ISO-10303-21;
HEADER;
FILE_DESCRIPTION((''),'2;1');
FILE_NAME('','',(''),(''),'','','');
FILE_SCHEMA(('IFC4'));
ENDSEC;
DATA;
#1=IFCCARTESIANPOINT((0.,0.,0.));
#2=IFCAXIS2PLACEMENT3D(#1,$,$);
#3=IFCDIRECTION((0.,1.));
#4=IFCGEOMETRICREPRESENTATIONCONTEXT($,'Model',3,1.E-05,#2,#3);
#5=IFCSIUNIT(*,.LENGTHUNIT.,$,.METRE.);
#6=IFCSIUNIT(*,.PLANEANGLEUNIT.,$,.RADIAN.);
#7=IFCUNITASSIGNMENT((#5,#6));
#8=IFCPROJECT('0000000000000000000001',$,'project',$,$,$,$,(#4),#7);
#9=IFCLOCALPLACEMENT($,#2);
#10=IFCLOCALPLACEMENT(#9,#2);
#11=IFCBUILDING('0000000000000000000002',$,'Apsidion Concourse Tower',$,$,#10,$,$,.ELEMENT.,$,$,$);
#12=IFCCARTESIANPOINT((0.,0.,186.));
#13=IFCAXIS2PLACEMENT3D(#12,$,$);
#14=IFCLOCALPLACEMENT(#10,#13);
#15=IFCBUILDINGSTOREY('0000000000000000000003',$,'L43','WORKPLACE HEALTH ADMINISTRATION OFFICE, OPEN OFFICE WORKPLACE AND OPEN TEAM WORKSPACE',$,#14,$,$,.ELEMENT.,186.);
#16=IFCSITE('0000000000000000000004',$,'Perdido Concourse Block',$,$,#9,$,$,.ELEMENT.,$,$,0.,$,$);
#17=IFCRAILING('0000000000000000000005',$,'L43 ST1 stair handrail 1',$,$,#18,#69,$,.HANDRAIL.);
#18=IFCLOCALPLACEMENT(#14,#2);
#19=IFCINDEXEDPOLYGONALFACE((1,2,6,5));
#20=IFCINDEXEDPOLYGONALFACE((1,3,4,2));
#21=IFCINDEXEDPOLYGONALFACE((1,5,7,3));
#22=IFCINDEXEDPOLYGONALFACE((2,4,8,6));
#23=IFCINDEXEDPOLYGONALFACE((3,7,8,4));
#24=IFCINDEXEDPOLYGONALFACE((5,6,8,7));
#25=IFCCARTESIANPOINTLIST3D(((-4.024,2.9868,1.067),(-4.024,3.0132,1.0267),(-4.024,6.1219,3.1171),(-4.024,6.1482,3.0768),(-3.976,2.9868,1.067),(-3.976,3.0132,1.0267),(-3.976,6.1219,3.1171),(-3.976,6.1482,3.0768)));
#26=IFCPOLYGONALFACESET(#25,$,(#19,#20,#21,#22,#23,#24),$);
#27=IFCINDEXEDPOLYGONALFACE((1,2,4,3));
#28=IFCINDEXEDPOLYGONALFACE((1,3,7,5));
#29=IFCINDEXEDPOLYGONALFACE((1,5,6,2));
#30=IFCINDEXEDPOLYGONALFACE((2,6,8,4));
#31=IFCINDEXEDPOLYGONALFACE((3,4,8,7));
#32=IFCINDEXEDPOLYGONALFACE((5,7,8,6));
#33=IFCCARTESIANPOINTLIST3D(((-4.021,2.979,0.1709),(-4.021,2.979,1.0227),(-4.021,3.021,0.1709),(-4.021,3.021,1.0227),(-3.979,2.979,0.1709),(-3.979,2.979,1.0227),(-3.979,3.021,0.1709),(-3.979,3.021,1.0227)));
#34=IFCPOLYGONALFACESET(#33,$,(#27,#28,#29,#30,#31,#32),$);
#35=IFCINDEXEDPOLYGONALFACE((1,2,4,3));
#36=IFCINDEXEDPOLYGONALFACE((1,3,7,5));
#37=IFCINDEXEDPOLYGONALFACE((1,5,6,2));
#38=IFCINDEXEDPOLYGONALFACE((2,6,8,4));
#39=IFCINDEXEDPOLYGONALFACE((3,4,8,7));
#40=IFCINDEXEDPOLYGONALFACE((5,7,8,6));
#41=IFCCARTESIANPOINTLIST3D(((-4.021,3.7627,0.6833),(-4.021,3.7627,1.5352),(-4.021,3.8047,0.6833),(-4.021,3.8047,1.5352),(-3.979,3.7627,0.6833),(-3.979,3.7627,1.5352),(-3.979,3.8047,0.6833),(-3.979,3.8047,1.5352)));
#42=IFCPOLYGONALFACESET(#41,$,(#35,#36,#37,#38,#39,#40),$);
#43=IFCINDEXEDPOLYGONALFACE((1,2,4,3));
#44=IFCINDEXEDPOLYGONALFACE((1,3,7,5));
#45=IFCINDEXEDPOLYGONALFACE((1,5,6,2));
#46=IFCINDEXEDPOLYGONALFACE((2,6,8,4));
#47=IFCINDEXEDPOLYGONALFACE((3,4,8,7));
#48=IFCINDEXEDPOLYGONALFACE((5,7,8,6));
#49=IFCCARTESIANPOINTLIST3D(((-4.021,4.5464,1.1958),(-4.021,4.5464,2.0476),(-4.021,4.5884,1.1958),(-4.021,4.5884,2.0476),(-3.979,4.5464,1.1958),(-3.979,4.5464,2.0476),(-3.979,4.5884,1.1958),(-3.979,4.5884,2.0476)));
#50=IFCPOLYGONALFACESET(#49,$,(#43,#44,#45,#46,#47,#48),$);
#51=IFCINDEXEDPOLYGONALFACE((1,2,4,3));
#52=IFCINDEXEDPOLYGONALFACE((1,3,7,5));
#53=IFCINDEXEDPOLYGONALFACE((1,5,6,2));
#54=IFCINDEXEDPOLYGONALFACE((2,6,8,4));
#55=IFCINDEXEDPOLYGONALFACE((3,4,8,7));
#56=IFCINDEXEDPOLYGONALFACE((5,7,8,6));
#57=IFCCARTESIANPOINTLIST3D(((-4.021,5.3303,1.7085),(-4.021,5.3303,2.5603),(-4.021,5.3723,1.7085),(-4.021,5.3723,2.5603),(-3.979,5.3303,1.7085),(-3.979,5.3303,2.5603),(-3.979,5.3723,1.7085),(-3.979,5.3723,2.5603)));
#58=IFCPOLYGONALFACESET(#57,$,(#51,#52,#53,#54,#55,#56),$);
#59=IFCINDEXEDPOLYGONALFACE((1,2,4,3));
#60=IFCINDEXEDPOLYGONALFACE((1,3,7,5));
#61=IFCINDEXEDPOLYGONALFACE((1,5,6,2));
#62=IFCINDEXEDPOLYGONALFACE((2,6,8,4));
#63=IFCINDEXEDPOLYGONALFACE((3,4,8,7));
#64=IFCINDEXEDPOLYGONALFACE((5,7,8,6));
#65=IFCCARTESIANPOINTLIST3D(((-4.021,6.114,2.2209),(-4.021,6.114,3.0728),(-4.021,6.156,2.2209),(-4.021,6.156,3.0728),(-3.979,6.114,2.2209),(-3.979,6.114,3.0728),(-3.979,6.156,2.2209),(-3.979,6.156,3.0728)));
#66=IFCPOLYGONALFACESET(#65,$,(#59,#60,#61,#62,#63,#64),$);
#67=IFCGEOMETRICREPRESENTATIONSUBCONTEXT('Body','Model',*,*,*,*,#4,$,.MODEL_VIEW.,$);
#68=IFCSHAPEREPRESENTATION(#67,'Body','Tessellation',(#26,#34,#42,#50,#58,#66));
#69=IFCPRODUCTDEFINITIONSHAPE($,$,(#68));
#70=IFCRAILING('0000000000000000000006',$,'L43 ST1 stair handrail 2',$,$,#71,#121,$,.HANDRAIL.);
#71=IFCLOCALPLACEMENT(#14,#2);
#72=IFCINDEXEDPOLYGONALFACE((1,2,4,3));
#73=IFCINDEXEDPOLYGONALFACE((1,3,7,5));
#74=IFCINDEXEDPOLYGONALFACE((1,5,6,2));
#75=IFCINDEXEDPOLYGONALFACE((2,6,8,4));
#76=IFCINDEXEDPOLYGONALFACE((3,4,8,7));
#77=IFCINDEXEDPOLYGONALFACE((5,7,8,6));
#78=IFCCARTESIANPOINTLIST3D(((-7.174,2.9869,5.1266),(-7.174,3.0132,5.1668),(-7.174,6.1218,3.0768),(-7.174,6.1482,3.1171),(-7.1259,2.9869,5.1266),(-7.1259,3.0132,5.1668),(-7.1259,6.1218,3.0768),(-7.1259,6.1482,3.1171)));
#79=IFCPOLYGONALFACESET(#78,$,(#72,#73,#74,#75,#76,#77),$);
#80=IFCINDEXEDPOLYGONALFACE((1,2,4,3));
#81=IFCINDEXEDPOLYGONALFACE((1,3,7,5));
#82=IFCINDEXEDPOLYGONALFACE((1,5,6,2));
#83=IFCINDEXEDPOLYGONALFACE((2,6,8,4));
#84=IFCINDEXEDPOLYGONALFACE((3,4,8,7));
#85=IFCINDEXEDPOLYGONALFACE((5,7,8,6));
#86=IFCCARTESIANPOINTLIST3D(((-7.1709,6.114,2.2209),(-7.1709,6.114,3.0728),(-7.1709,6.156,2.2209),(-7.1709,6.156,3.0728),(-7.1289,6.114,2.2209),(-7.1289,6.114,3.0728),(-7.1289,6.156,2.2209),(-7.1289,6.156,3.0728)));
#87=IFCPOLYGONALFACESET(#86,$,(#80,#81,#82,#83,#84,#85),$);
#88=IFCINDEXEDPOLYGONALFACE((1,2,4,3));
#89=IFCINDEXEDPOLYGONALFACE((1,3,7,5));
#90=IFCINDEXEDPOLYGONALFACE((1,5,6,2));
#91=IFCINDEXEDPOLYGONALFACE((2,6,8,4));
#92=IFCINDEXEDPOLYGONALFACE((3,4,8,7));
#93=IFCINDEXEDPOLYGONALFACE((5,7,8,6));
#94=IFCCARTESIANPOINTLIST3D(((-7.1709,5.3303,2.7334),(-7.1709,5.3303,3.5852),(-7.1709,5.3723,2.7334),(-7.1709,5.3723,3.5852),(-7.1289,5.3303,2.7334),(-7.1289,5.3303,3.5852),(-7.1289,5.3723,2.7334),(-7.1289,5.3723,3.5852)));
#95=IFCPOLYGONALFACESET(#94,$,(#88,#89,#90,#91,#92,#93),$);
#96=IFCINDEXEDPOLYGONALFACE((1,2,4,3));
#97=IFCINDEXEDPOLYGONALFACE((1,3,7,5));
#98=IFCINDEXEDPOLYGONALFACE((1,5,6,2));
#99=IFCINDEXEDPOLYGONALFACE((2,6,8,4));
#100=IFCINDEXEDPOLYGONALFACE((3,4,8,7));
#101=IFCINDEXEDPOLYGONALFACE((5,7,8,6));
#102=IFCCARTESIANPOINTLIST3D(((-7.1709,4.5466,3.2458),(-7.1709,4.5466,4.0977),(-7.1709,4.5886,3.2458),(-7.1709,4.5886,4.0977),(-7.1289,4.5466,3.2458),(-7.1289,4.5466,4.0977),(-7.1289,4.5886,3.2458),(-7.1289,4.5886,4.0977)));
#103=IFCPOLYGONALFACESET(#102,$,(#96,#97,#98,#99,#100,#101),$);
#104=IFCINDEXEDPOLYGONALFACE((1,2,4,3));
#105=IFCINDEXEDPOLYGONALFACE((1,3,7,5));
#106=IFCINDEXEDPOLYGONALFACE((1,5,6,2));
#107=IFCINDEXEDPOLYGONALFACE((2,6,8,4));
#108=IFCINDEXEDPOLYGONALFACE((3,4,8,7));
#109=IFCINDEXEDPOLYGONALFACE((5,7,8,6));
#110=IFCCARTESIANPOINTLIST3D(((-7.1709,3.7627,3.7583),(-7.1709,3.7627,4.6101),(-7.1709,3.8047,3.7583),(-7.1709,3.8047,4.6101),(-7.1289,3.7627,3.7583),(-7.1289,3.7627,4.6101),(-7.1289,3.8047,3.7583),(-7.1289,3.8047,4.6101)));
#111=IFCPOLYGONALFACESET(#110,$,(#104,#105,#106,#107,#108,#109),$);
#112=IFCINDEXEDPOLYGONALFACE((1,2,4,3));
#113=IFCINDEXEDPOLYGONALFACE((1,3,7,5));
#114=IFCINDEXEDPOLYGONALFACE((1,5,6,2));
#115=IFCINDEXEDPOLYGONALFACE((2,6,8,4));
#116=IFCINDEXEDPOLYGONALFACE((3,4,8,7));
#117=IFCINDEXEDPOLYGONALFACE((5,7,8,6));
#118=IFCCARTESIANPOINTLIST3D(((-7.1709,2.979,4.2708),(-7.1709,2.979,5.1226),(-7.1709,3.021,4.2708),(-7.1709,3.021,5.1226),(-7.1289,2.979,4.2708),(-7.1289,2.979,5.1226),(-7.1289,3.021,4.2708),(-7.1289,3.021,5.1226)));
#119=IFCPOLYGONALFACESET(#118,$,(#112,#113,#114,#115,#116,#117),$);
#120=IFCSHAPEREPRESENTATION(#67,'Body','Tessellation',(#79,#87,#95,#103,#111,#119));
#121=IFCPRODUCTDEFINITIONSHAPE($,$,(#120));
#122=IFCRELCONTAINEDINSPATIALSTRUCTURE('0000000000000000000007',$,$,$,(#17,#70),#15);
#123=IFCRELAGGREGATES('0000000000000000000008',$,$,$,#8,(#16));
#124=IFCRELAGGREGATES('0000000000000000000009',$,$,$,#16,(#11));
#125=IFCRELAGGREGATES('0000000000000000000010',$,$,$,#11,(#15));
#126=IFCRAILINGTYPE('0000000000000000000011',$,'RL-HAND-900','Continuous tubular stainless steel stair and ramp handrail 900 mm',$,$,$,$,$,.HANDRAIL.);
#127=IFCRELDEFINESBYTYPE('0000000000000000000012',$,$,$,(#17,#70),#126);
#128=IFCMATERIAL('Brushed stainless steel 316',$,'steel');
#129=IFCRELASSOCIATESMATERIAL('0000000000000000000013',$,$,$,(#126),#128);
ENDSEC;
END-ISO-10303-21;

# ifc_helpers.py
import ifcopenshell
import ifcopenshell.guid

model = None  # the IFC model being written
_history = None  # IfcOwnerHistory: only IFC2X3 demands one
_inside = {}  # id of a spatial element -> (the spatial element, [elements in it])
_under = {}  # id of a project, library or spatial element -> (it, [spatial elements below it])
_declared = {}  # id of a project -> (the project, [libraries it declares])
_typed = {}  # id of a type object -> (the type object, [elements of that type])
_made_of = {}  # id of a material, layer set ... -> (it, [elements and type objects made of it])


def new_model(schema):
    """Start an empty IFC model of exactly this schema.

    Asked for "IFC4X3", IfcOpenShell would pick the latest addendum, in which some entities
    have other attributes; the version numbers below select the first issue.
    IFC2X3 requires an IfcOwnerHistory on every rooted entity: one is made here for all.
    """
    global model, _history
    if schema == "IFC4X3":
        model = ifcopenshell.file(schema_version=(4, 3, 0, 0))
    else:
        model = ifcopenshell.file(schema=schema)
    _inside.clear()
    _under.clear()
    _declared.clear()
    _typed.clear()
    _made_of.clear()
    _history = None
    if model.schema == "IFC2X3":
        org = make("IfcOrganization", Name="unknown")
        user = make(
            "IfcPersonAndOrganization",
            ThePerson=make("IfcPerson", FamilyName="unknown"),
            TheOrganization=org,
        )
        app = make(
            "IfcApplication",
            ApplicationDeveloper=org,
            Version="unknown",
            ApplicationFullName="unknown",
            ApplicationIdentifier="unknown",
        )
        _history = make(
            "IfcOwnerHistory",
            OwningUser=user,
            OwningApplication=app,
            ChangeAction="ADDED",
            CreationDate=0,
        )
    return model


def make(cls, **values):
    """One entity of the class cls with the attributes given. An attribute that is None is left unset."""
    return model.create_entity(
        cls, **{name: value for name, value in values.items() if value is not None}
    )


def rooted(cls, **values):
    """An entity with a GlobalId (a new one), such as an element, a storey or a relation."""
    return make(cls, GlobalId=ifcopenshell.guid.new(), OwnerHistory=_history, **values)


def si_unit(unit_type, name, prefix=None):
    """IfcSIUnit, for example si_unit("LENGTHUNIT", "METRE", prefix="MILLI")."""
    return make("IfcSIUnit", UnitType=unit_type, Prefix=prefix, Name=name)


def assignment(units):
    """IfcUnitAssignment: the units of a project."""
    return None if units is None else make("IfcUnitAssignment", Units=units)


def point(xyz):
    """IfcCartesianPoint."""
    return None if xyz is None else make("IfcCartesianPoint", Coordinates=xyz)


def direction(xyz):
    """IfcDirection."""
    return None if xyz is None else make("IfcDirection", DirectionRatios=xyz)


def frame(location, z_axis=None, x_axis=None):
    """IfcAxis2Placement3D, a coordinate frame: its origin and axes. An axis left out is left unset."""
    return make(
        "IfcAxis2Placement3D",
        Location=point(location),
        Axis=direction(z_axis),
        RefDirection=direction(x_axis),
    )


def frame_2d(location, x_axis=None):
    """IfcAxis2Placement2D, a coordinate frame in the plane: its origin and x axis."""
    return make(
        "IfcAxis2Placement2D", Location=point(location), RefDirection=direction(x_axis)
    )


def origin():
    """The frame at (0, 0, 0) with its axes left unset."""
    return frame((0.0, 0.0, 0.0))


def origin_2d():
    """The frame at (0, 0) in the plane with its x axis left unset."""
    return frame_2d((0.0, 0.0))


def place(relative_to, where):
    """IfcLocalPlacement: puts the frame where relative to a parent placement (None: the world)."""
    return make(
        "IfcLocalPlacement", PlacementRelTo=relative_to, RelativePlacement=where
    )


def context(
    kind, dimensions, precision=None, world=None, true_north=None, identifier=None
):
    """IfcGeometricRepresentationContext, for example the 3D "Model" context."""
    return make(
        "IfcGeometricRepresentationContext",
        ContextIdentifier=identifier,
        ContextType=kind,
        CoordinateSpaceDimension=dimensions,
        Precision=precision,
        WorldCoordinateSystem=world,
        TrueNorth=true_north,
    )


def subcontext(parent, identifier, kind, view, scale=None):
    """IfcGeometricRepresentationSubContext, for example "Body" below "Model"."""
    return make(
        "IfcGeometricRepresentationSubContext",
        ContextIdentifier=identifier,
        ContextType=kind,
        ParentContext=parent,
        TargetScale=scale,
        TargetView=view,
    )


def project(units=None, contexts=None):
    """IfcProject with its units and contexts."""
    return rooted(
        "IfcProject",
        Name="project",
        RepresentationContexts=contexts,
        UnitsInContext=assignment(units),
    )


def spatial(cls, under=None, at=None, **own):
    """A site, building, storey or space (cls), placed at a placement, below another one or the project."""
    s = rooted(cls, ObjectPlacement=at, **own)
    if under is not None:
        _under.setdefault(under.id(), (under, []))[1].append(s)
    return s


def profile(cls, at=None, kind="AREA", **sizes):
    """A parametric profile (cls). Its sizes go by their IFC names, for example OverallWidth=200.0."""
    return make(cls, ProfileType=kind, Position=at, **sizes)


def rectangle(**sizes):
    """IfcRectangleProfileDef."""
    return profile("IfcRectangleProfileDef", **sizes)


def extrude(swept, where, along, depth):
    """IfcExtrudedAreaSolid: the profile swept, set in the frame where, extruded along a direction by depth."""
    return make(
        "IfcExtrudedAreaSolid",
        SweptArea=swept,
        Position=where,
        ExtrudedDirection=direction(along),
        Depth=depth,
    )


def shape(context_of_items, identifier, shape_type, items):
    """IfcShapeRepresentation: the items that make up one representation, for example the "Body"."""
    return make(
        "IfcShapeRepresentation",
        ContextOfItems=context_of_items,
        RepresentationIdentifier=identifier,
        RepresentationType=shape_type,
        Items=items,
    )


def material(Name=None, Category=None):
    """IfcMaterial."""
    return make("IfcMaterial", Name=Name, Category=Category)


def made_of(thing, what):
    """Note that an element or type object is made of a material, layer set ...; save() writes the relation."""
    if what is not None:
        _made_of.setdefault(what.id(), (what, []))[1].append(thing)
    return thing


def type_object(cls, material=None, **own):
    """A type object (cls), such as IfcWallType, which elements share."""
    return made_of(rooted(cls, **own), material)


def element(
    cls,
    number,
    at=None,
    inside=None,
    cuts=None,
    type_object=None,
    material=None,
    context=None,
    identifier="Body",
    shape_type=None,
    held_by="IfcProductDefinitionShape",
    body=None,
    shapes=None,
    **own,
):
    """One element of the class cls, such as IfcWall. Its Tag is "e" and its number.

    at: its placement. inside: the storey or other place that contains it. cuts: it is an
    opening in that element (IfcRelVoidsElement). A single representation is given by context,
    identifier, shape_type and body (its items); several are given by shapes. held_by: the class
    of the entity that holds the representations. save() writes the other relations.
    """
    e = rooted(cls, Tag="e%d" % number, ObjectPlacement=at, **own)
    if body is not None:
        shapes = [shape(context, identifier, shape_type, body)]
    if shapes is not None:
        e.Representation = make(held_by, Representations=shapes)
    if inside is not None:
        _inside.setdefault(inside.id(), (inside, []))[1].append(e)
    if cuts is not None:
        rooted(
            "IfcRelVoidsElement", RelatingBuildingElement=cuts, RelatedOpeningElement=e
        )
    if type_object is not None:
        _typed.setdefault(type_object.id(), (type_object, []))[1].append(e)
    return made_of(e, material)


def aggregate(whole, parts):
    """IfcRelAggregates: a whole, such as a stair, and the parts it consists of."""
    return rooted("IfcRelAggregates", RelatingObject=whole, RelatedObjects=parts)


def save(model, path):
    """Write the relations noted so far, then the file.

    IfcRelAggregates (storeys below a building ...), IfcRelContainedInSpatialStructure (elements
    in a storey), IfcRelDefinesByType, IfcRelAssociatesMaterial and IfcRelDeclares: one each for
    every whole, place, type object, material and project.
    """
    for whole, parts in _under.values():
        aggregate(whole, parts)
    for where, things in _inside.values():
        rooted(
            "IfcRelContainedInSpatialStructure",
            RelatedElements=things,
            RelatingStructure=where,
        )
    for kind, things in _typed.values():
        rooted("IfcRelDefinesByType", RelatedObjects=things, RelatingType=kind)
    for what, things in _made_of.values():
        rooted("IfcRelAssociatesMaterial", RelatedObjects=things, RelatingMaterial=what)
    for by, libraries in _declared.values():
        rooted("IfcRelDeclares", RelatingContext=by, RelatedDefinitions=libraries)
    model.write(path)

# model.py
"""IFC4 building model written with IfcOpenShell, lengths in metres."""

from ifc_helpers import new_model, si_unit, direction, frame, origin, origin_2d, place, context, subcontext, project, spatial, rectangle, extrude, material, type_object, element, save


model = new_model("IFC4")

# Units and contexts
model_context = context("Model", 3, precision=1e-05, world=origin(), true_north=direction((0.0, 1.0)))
body_context = subcontext(model_context, "Body", "Model", "MODEL_VIEW")
ifc_project = project(units=[si_unit("LENGTHUNIT", "METRE"), si_unit("PLANEANGLEUNIT", "RADIAN")], contexts=[model_context])

# Site, building, storey
site_placement = place(None, origin())
site = spatial("IfcSite", under=ifc_project, at=site_placement, Name="Perdido Concourse Block", CompositionType="ELEMENT", RefElevation=0.0)
building_placement = place(site_placement, origin())
building = spatial("IfcBuilding", under=site, at=building_placement, Name="Apsidion Concourse Tower", CompositionType="ELEMENT")
storey_placement = place(building_placement, frame((0.0, 0.0, 186.0)))
storey = spatial("IfcBuildingStorey", under=building, at=storey_placement, Name="L43", Description="WORKPLACE HEALTH ADMINISTRATION OFFICE, OPEN OFFICE WORKPLACE AND OPEN TEAM WORKSPACE", CompositionType="ELEMENT", Elevation=186.0)

# Shared definitions
ifc_material_1 = material(Name="Brushed stainless steel 316", Category="steel")

# Railings
railing_type_1 = type_object("IfcRailingType", Name="RL-HAND-900", Description="Continuous tubular stainless steel stair and ramp handrail 900 mm", PredefinedType="HANDRAIL", material=ifc_material_1)
railing_1_placement = place(storey_placement, frame((-4.0, 3.0, 0.1709)))
element("IfcRailing", 1, at=railing_1_placement, inside=storey, type_object=railing_type_1, Name="L43 ST1 stair handrail 1", PredefinedType="HANDRAIL", context=body_context, shape_type="SweptSolid", body=[
    extrude(rectangle(XDim=0.0481, YDim=0.0481, at=origin_2d()), frame((0.0, 0.0, 0.876), z_axis=(0.0, 0.836941, 0.547293), x_axis=(-1.0, 0.0, 0.0)), (0.0, 0.0, 1.0), 3.7458),
    extrude(rectangle(XDim=0.042, YDim=0.042, at=origin_2d()), origin(), (0.0, 0.0, 1.0), 0.8518),
    extrude(rectangle(XDim=0.042, YDim=0.042, at=origin_2d()), frame((0.0, 0.7837, 0.5125)), (0.0, 0.0, 1.0), 0.8518),
    extrude(rectangle(XDim=0.042, YDim=0.042, at=origin_2d()), frame((0.0, 1.5674, 1.0249)), (0.0, 0.0, 1.0), 0.8518),
    extrude(rectangle(XDim=0.042, YDim=0.042, at=origin_2d()), frame((0.0, 2.3513, 1.5376)), (0.0, 0.0, 1.0), 0.8518),
    extrude(rectangle(XDim=0.042, YDim=0.042, at=origin_2d()), frame((0.0, 3.135, 2.05)), (0.0, 0.0, 1.0), 0.8518),
])
railing_2_placement = place(storey_placement, frame((-7.1499, 6.135, 2.2209)))
element("IfcRailing", 2, at=railing_2_placement, inside=storey, type_object=railing_type_1, Name="L43 ST1 stair handrail 2", PredefinedType="HANDRAIL", context=body_context, shape_type="SweptSolid", body=[
    extrude(rectangle(XDim=0.0481, YDim=0.0481, at=origin_2d()), frame((0.0, 0.0, 0.876), z_axis=(0.0, -0.836971, 0.547248), x_axis=(1.0, 0.0, 0.0)), (0.0, 0.0, 1.0), 3.7456),
    extrude(rectangle(XDim=0.042, YDim=0.042, at=origin_2d()), origin(), (0.0, 0.0, 1.0), 0.8518),
    extrude(rectangle(XDim=0.042, YDim=0.042, at=origin_2d()), frame((0.0, -0.7837, 0.5125)), (0.0, 0.0, 1.0), 0.8518),
    extrude(rectangle(XDim=0.042, YDim=0.042, at=origin_2d()), frame((0.0, -1.5674, 1.0249)), (0.0, 0.0, 1.0), 0.8518),
    extrude(rectangle(XDim=0.042, YDim=0.042, at=origin_2d()), frame((0.0, -2.3513, 1.5374)), (0.0, 0.0, 1.0), 0.8518),
    extrude(rectangle(XDim=0.042, YDim=0.042, at=origin_2d()), frame((0.0, -3.135, 2.0498)), (0.0, 0.0, 1.0), 0.8518),
])

save(model, "model.ifc")
